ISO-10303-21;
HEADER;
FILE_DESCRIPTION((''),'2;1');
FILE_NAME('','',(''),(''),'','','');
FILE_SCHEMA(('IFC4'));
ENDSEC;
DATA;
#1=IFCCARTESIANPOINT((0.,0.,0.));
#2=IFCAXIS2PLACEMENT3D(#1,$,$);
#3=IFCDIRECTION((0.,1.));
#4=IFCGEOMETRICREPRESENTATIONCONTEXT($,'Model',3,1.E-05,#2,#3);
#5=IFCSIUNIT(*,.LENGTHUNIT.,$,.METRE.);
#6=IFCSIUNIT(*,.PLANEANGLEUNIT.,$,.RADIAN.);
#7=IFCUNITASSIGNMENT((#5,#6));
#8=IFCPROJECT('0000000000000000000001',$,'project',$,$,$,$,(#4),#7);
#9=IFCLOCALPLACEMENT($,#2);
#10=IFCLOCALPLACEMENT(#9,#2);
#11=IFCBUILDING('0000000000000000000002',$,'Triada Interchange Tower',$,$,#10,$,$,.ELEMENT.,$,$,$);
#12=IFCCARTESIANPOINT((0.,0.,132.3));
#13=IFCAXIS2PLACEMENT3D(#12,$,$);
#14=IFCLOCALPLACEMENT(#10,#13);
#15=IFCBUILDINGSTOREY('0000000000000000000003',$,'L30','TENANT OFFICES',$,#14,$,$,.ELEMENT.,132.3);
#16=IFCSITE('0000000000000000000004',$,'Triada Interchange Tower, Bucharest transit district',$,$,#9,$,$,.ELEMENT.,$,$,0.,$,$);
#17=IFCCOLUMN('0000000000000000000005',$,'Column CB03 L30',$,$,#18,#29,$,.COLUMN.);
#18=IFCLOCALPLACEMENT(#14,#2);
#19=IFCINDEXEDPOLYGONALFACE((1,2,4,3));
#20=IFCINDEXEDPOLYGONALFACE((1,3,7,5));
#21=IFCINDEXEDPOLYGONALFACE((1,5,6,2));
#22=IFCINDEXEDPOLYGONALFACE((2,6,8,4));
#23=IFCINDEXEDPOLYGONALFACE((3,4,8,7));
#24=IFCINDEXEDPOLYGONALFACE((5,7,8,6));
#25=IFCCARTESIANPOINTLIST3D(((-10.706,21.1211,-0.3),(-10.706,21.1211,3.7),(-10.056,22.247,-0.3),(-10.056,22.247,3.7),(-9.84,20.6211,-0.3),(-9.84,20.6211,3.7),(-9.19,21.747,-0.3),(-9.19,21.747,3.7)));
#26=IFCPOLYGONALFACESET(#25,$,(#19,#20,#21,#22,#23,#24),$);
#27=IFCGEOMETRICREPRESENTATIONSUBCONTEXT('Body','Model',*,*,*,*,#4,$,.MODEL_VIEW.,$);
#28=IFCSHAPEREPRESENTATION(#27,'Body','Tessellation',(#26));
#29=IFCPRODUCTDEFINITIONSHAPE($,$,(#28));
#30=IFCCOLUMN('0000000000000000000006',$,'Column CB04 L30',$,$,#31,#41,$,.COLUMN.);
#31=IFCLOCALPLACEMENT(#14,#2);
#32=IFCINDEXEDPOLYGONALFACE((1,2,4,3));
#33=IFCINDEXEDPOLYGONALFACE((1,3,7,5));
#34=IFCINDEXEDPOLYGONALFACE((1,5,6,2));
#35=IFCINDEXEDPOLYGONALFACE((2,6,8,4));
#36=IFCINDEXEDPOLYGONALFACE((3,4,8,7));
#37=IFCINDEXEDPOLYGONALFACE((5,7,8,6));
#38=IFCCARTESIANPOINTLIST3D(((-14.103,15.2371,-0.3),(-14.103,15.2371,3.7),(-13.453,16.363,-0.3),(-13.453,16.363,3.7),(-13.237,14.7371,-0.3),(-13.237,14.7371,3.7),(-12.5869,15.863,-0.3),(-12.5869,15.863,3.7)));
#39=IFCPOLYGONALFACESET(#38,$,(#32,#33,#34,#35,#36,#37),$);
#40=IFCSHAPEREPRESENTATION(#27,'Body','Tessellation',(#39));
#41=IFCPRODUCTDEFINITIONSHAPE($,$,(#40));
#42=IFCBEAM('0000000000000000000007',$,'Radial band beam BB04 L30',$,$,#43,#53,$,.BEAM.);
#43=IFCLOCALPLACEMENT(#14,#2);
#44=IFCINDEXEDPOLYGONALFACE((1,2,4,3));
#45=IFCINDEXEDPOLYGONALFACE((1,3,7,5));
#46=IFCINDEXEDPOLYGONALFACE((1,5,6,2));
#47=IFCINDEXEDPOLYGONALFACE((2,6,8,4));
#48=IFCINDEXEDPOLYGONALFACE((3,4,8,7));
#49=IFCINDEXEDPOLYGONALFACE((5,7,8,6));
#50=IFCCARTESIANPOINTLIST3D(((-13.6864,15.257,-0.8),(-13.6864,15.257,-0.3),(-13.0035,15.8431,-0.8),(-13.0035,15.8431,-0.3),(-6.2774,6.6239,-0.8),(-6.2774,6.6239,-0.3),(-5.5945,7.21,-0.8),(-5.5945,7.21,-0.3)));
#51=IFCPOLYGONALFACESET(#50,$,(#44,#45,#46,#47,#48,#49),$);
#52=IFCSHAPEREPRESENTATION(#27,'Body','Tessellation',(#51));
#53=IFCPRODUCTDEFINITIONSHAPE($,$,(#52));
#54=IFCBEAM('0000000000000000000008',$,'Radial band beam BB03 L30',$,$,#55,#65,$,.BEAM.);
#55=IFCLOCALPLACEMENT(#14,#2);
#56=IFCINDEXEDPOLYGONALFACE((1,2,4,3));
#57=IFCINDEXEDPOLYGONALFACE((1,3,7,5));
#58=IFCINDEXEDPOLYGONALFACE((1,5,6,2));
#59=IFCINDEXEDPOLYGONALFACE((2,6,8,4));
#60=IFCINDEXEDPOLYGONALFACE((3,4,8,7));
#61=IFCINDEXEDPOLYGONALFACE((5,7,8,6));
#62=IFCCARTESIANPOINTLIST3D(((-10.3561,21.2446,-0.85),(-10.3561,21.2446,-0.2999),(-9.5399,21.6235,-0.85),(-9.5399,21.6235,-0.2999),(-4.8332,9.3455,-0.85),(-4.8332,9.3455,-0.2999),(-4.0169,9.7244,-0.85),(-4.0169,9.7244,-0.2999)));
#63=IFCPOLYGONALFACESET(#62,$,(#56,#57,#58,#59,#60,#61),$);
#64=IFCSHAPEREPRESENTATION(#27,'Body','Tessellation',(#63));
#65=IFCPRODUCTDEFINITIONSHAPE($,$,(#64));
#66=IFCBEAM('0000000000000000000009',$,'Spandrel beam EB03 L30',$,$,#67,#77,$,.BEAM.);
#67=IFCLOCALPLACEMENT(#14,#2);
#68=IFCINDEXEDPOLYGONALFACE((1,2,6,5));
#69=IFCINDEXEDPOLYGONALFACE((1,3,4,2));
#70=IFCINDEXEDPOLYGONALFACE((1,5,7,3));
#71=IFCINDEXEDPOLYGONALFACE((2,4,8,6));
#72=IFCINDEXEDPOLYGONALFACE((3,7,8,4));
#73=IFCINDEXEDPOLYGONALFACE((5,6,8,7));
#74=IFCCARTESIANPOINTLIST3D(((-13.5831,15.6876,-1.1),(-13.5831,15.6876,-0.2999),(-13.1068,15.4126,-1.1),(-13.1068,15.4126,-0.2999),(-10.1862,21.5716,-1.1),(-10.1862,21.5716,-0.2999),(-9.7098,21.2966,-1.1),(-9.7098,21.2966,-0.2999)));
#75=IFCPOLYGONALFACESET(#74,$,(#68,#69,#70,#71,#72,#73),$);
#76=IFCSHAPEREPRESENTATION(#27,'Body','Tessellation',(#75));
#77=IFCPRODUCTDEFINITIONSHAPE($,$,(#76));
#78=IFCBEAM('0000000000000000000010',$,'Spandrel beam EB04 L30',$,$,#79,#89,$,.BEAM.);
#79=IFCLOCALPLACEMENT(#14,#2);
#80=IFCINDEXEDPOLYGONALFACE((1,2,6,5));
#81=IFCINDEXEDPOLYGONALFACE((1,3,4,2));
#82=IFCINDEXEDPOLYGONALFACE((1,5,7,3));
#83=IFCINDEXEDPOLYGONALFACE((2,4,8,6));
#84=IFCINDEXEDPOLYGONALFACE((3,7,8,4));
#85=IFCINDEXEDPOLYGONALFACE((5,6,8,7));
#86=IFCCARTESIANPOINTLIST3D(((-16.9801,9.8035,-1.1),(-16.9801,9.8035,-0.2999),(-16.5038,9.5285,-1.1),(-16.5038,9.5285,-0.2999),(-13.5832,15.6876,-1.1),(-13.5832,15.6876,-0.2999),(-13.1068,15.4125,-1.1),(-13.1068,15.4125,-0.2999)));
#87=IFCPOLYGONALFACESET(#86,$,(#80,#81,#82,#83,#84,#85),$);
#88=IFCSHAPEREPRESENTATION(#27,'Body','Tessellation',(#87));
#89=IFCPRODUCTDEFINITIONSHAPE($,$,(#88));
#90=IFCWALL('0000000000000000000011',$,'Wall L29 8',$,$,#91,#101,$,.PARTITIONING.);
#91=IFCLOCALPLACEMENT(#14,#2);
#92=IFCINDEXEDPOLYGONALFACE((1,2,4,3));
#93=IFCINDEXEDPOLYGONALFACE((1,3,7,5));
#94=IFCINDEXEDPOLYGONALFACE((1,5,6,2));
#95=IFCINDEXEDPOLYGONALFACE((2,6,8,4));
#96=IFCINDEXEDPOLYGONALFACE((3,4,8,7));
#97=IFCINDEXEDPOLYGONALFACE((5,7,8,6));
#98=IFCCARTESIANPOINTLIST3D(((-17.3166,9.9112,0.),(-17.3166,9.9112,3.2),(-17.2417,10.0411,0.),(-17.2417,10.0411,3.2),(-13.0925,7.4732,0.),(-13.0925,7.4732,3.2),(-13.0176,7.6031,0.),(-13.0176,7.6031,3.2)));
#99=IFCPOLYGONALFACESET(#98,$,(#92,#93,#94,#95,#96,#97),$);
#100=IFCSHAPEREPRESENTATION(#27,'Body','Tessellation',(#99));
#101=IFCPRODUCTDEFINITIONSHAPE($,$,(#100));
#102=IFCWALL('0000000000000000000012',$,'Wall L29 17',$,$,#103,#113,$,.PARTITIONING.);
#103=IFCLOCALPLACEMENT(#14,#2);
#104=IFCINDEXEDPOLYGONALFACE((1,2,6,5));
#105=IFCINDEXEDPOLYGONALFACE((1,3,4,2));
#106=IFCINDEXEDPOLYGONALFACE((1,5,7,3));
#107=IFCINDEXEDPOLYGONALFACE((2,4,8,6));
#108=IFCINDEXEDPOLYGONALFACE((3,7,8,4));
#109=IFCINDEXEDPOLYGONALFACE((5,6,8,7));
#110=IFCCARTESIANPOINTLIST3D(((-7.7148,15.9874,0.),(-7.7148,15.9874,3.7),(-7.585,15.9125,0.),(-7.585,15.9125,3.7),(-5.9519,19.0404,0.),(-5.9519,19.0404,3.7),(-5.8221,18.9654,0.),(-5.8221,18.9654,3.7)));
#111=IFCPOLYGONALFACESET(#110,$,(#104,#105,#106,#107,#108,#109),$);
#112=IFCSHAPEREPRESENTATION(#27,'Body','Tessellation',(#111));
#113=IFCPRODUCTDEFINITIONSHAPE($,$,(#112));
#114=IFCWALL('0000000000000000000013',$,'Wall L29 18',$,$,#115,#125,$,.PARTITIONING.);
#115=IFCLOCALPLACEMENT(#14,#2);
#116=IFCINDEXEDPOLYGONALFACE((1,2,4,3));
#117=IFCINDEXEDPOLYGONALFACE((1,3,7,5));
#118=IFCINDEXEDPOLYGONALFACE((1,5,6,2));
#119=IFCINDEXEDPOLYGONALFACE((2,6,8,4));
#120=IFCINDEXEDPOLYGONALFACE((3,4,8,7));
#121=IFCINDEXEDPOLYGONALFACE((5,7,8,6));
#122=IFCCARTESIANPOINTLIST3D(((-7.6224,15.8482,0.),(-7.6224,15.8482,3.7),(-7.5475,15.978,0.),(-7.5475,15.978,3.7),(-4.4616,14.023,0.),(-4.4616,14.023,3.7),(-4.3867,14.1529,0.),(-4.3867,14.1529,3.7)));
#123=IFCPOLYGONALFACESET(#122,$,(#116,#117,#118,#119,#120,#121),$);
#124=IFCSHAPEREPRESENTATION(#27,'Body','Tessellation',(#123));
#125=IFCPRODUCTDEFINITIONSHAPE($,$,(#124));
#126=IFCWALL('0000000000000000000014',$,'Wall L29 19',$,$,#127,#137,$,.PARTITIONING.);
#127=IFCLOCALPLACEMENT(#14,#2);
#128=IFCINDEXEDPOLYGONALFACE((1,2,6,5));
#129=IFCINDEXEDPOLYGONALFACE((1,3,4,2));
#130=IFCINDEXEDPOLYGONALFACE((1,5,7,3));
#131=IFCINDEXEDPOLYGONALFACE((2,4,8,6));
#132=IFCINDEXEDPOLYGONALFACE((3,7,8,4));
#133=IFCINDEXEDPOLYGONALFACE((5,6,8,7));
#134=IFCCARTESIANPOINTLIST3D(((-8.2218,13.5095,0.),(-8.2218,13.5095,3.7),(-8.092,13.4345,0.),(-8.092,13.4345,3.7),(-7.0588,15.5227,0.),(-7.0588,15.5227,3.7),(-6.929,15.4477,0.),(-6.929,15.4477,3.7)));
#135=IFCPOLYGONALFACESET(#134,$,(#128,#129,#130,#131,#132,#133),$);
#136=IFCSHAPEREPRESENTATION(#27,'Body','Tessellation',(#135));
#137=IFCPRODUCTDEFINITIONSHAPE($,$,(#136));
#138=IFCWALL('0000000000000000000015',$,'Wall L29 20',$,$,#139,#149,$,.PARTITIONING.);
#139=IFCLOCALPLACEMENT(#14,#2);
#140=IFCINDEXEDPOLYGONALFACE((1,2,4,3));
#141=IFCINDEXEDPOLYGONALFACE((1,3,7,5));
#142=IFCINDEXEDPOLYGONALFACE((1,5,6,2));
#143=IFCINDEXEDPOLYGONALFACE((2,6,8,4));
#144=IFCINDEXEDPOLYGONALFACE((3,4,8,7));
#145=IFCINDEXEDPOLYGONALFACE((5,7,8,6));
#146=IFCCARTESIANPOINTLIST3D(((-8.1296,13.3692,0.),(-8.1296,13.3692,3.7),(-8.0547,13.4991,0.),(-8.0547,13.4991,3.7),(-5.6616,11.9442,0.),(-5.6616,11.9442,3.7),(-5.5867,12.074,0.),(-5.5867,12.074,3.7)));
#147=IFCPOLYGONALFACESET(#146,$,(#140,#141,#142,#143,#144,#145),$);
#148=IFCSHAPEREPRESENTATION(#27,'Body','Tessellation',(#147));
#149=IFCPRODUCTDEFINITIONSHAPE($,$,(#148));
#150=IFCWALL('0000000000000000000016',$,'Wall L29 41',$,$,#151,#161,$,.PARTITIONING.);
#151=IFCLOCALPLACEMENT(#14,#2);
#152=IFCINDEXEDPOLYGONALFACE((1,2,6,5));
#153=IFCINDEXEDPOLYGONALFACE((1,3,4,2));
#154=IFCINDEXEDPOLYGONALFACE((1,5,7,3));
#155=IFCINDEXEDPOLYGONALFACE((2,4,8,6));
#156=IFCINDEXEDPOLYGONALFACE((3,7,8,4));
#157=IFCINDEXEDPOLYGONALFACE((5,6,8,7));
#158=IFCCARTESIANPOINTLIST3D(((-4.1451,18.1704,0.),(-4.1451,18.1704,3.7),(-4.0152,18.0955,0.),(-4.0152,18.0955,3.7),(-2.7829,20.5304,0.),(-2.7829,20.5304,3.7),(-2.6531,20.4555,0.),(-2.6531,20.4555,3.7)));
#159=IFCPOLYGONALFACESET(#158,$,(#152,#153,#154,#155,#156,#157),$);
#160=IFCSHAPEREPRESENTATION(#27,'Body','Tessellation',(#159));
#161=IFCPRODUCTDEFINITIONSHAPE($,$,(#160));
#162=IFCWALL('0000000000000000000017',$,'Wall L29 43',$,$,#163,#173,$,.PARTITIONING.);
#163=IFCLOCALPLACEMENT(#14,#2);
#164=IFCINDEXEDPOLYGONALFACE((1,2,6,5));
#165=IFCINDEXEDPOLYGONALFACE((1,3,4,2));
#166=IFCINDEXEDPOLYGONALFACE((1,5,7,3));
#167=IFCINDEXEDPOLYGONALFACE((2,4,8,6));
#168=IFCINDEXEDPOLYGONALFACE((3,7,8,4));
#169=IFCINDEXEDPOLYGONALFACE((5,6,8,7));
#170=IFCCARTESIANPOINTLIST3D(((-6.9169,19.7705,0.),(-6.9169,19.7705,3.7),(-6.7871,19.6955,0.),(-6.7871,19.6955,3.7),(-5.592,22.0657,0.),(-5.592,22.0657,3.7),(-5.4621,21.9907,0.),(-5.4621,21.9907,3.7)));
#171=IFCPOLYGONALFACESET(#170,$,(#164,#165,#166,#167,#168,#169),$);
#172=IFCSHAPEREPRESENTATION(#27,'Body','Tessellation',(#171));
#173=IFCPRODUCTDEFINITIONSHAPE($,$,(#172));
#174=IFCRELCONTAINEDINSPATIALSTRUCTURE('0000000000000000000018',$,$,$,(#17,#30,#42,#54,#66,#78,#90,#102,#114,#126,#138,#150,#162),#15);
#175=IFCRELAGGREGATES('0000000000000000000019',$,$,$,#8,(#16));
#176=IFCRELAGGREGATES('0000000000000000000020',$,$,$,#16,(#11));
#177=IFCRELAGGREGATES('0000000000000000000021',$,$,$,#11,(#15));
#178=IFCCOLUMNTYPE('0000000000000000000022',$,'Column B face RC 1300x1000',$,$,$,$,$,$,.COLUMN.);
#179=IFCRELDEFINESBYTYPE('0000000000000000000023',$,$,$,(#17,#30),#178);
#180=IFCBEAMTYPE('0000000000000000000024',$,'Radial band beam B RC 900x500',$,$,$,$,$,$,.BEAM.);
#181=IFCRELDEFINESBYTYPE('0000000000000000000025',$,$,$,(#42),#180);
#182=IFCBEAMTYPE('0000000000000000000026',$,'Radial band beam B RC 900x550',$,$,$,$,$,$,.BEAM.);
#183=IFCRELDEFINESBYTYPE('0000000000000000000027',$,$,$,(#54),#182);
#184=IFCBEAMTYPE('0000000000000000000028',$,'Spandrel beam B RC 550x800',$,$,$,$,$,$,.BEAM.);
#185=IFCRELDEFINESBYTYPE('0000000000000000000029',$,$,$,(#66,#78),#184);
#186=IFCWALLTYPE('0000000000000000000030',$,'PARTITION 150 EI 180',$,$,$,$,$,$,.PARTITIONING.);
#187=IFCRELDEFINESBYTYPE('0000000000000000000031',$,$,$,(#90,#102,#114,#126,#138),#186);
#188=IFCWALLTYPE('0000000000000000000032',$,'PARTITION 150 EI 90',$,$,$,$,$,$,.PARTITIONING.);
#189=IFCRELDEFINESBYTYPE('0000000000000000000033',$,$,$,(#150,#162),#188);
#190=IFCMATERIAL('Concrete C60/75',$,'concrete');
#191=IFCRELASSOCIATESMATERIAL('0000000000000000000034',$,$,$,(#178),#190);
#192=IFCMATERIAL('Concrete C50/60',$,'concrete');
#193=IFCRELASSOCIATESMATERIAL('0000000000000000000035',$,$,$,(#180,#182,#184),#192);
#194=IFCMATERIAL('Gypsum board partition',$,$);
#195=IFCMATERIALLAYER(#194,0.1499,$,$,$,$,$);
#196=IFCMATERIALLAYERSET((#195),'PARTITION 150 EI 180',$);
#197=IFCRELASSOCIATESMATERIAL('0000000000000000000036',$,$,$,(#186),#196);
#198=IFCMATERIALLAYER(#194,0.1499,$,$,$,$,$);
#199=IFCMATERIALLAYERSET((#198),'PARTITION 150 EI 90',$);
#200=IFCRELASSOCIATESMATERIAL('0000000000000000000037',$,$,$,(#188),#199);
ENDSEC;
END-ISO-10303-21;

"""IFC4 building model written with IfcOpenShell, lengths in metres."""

from ifc_helpers import new_model, si_unit, direction, frame, frame_2d, origin, origin_2d, place, context, subcontext, project, spatial, rectangle, extrude, material, layer, layer_set, material_profile, profile_set, type_object, element, save


model = new_model("IFC4")

# Units and contexts
model_context = context("Model", 3, precision=1e-05, world=origin(), true_north=direction((0.0, 1.0)))
body_context = subcontext(model_context, "Body", "Model", "MODEL_VIEW")
ifc_project = project(units=[si_unit("LENGTHUNIT", "METRE"), si_unit("PLANEANGLEUNIT", "RADIAN")], contexts=[model_context])

# Site, building, storey
site_placement = place(None, origin())
site = spatial("IfcSite", under=ifc_project, at=site_placement, Name="Triada Interchange Tower, Bucharest transit district", CompositionType="ELEMENT", RefElevation=0.0)
building_placement = place(site_placement, origin())
building = spatial("IfcBuilding", under=site, at=building_placement, Name="Triada Interchange Tower", CompositionType="ELEMENT")
storey_placement = place(building_placement, frame((0.0, 0.0, 132.3)))
storey = spatial("IfcBuildingStorey", under=building, at=storey_placement, Name="L30", Description="TENANT OFFICES", CompositionType="ELEMENT", Elevation=132.3)

# Columns
ifc_material_1 = material(Name="Concrete C60/75", Category="concrete")
ifc_material_profile_1 = material_profile(ifc_material_1, rectangle(XDim=1.3, YDim=1.0, at=origin_2d()), Name="RC 1300x1000")
ifc_profile_set_1 = profile_set([ifc_material_profile_1], Name="Concrete C60/75")
column_type = type_object("IfcColumnType", Name="Column B face RC 1300x1000", PredefinedType="COLUMN", material=ifc_profile_set_1)
for number, where, z_axis, x_axis, name in (
    (1, (-9.948, 21.4341, -0.3), (0.0, 0.0, 1.0), (0.5, 0.866025, 0.0), "Column CB03 L30"),
    (2, (-13.345, 15.55, -0.3), (0.0, 0.0, 1.0), (0.5, 0.866025, 0.0), "Column CB04 L30"),
):
    element("IfcColumn", number, at=place(storey_placement, frame(where, z_axis=z_axis, x_axis=x_axis)), inside=storey, type_object=column_type, Name=name, PredefinedType="COLUMN", context=body_context, shape_type="SweptSolid", body=[
        extrude(rectangle(XDim=1.3, YDim=1.0, at=origin_2d()), origin(), (0.0, 0.0, 1.0), 4.0),
    ])

# Beams
ifc_material_2 = material(Name="Concrete C50/60", Category="concrete")
ifc_material_profile_2 = material_profile(ifc_material_2, rectangle(XDim=0.8999, YDim=0.5, at=origin_2d()), Name="RC 900x500")
ifc_profile_set_2 = profile_set([ifc_material_profile_2], Name="Concrete C50/60")
beam_type_1 = type_object("IfcBeamType", Name="Radial band beam B RC 900x500", PredefinedType="BEAM", material=ifc_profile_set_2)
beam_1_placement = place(storey_placement, frame((-13.345, 15.55, -0.55), z_axis=(0.651256, -0.758858, 0.0), x_axis=(0.758858, 0.651256, 0.0)))
element("IfcBeam", 3, at=beam_1_placement, inside=storey, type_object=beam_type_1, Name="Radial band beam BB04 L30", PredefinedType="BEAM", context=body_context, shape_type="SweptSolid", body=[
    extrude(rectangle(XDim=0.8999, YDim=0.5, at=origin_2d()), origin(), (0.0, 0.0, 1.0), 11.3765),
])
ifc_material_profile_3 = material_profile(ifc_material_2, rectangle(XDim=0.8999, YDim=0.55, at=origin_2d()), Name="RC 900x550")
ifc_profile_set_3 = profile_set([ifc_material_profile_3], Name="Concrete C50/60")
beam_type_2 = type_object("IfcBeamType", Name="Radial band beam B RC 900x550", PredefinedType="BEAM", material=ifc_profile_set_3)
beam_2_placement = place(storey_placement, frame((-9.948, 21.4341, -0.575), z_axis=(0.421007, -0.907057, 0.0), x_axis=(0.907057, 0.421007, 0.0)))
element("IfcBeam", 4, at=beam_2_placement, inside=storey, type_object=beam_type_2, Name="Radial band beam BB03 L30", PredefinedType="BEAM", context=body_context, shape_type="SweptSolid", body=[
    extrude(rectangle(XDim=0.8999, YDim=0.55, at=origin_2d()), origin(), (0.0, 0.0, 1.0), 13.1184),
])
ifc_material_profile_4 = material_profile(ifc_material_2, rectangle(XDim=0.55, YDim=0.8, at=origin_2d()), Name="RC 550x800")
ifc_profile_set_4 = profile_set([ifc_material_profile_4], Name="Concrete C50/60")
beam_type_3 = type_object("IfcBeamType", Name="Spandrel beam B RC 550x800", PredefinedType="BEAM", material=ifc_profile_set_4)
for number, where, z_axis, x_axis, name in (
    (5, (-9.948, 21.4341, -0.7), (-0.499981, -0.866037, 0.0), (0.866037, -0.499981, 0.0), "Spandrel beam EB03 L30"),
    (6, (-13.345, 15.55, -0.7), (-0.499981, -0.866037, 0.0), (0.866037, -0.499981, 0.0), "Spandrel beam EB04 L30"),
):
    element("IfcBeam", number, at=place(storey_placement, frame(where, z_axis=z_axis, x_axis=x_axis)), inside=storey, type_object=beam_type_3, Name=name, PredefinedType="BEAM", context=body_context, shape_type="SweptSolid", body=[
        extrude(rectangle(XDim=0.55, YDim=0.8, at=origin_2d()), origin(), (0.0, 0.0, 1.0), 6.7942),
    ])

# Walls
ifc_material_3 = material(Name="Gypsum board partition")
ifc_layer_1 = layer(ifc_material_3, 0.1499)
ifc_layer_set_1 = layer_set([ifc_layer_1], Name="PARTITION 150 EI 180")
wall_type_1 = type_object("IfcWallType", Name="PARTITION 150 EI 180", PredefinedType="PARTITIONING", material=ifc_layer_set_1)
wall_1_placement = place(storey_placement, frame((-17.2791, 9.9761, 0.0), z_axis=(0.0, 0.0, 1.0), x_axis=(0.866097, -0.499876, 0.0)))
element("IfcWall", 7, at=wall_1_placement, inside=storey, type_object=wall_type_1, Name="Wall L29 8", PredefinedType="PARTITIONING", context=body_context, shape_type="SweptSolid", body=[
    extrude(rectangle(XDim=4.8772, YDim=0.1499, at=frame_2d((2.4385, 0.0))), origin(), (0.0, 0.0, 1.0), 3.2),
])
wall_2_placement = place(storey_placement, frame((-7.6499, 15.95, 0.0), z_axis=(0.0, 0.0, 1.0), x_axis=(0.500064, 0.865988, 0.0)))
element("IfcWall", 8, at=wall_2_placement, inside=storey, type_object=wall_type_1, Name="Wall L29 17", PredefinedType="PARTITIONING", context=body_context, shape_type="SweptSolid", body=[
    extrude(rectangle(XDim=3.5254, YDim=0.1499, at=frame_2d((1.7627, 0.0))), origin(), (0.0, 0.0, 1.0), 3.7),
])
wall_3_placement = place(storey_placement, frame((-7.585, 15.9131, 0.0), z_axis=(0.0, 0.0, 1.0), x_axis=(0.865995, -0.500052, 0.0)))
element("IfcWall", 9, at=wall_3_placement, inside=storey, type_object=wall_type_1, Name="Wall L29 18", PredefinedType="PARTITIONING", context=body_context, shape_type="SweptSolid", body=[
    extrude(rectangle(XDim=3.6499, YDim=0.1499, at=frame_2d((1.825, 0.0))), origin(), (0.0, 0.0, 1.0), 3.7),
])
wall_4_placement = place(storey_placement, frame((-8.157, 13.4719, 0.0), z_axis=(0.0, 0.0, 1.0), x_axis=(0.50025, 0.865881, 0.0)))
element("IfcWall", 10, at=wall_4_placement, inside=storey, type_object=wall_type_1, Name="Wall L29 19", PredefinedType="PARTITIONING", context=body_context, shape_type="SweptSolid", body=[
    extrude(rectangle(XDim=2.325, YDim=0.1499, at=frame_2d((1.1626, 0.0))), origin(), (0.0, 0.0, 1.0), 3.7),
])
wall_5_placement = place(storey_placement, frame((-8.092, 13.4341, 0.0), z_axis=(0.0, 0.0, 1.0), x_axis=(0.866004, -0.500036, 0.0)))
element("IfcWall", 11, at=wall_5_placement, inside=storey, type_object=wall_type_1, Name="Wall L29 20", PredefinedType="PARTITIONING", context=body_context, shape_type="SweptSolid", body=[
    extrude(rectangle(XDim=2.8499, YDim=0.1499, at=frame_2d((1.4248, 0.0))), origin(), (0.0, 0.0, 1.0), 3.7),
])
ifc_layer_2 = layer(ifc_material_3, 0.1499)
ifc_layer_set_2 = layer_set([ifc_layer_2], Name="PARTITION 150 EI 90")
wall_type_2 = type_object("IfcWallType", Name="PARTITION 150 EI 90", PredefinedType="PARTITIONING", material=ifc_layer_set_2)
wall_6_placement = place(storey_placement, frame((-4.0801, 18.1331, 0.0), z_axis=(0.0, 0.0, 1.0), x_axis=(0.499888, 0.86609, 0.0)))
element("IfcWall", 12, at=wall_6_placement, inside=storey, type_object=wall_type_2, Name="Wall L29 41", PredefinedType="PARTITIONING", context=body_context, shape_type="SweptSolid", body=[
    extrude(rectangle(XDim=2.7249, YDim=0.1499, at=frame_2d((1.3623, 0.0))), origin(), (0.0, 0.0, 1.0), 3.7),
])
wall_7_placement = place(storey_placement, frame((-6.8521, 19.7329, 0.0), z_axis=(0.0, 0.0, 1.0), x_axis=(0.499954, 0.866052, 0.0)))
element("IfcWall", 13, at=wall_7_placement, inside=storey, type_object=wall_type_2, Name="Wall L29 43", PredefinedType="PARTITIONING", context=body_context, shape_type="SweptSolid", body=[
    extrude(rectangle(XDim=2.6501, YDim=0.1499, at=frame_2d((1.3252, 0.0))), origin(), (0.0, 0.0, 1.0), 3.7),
])

save(model, "model.ifc")
